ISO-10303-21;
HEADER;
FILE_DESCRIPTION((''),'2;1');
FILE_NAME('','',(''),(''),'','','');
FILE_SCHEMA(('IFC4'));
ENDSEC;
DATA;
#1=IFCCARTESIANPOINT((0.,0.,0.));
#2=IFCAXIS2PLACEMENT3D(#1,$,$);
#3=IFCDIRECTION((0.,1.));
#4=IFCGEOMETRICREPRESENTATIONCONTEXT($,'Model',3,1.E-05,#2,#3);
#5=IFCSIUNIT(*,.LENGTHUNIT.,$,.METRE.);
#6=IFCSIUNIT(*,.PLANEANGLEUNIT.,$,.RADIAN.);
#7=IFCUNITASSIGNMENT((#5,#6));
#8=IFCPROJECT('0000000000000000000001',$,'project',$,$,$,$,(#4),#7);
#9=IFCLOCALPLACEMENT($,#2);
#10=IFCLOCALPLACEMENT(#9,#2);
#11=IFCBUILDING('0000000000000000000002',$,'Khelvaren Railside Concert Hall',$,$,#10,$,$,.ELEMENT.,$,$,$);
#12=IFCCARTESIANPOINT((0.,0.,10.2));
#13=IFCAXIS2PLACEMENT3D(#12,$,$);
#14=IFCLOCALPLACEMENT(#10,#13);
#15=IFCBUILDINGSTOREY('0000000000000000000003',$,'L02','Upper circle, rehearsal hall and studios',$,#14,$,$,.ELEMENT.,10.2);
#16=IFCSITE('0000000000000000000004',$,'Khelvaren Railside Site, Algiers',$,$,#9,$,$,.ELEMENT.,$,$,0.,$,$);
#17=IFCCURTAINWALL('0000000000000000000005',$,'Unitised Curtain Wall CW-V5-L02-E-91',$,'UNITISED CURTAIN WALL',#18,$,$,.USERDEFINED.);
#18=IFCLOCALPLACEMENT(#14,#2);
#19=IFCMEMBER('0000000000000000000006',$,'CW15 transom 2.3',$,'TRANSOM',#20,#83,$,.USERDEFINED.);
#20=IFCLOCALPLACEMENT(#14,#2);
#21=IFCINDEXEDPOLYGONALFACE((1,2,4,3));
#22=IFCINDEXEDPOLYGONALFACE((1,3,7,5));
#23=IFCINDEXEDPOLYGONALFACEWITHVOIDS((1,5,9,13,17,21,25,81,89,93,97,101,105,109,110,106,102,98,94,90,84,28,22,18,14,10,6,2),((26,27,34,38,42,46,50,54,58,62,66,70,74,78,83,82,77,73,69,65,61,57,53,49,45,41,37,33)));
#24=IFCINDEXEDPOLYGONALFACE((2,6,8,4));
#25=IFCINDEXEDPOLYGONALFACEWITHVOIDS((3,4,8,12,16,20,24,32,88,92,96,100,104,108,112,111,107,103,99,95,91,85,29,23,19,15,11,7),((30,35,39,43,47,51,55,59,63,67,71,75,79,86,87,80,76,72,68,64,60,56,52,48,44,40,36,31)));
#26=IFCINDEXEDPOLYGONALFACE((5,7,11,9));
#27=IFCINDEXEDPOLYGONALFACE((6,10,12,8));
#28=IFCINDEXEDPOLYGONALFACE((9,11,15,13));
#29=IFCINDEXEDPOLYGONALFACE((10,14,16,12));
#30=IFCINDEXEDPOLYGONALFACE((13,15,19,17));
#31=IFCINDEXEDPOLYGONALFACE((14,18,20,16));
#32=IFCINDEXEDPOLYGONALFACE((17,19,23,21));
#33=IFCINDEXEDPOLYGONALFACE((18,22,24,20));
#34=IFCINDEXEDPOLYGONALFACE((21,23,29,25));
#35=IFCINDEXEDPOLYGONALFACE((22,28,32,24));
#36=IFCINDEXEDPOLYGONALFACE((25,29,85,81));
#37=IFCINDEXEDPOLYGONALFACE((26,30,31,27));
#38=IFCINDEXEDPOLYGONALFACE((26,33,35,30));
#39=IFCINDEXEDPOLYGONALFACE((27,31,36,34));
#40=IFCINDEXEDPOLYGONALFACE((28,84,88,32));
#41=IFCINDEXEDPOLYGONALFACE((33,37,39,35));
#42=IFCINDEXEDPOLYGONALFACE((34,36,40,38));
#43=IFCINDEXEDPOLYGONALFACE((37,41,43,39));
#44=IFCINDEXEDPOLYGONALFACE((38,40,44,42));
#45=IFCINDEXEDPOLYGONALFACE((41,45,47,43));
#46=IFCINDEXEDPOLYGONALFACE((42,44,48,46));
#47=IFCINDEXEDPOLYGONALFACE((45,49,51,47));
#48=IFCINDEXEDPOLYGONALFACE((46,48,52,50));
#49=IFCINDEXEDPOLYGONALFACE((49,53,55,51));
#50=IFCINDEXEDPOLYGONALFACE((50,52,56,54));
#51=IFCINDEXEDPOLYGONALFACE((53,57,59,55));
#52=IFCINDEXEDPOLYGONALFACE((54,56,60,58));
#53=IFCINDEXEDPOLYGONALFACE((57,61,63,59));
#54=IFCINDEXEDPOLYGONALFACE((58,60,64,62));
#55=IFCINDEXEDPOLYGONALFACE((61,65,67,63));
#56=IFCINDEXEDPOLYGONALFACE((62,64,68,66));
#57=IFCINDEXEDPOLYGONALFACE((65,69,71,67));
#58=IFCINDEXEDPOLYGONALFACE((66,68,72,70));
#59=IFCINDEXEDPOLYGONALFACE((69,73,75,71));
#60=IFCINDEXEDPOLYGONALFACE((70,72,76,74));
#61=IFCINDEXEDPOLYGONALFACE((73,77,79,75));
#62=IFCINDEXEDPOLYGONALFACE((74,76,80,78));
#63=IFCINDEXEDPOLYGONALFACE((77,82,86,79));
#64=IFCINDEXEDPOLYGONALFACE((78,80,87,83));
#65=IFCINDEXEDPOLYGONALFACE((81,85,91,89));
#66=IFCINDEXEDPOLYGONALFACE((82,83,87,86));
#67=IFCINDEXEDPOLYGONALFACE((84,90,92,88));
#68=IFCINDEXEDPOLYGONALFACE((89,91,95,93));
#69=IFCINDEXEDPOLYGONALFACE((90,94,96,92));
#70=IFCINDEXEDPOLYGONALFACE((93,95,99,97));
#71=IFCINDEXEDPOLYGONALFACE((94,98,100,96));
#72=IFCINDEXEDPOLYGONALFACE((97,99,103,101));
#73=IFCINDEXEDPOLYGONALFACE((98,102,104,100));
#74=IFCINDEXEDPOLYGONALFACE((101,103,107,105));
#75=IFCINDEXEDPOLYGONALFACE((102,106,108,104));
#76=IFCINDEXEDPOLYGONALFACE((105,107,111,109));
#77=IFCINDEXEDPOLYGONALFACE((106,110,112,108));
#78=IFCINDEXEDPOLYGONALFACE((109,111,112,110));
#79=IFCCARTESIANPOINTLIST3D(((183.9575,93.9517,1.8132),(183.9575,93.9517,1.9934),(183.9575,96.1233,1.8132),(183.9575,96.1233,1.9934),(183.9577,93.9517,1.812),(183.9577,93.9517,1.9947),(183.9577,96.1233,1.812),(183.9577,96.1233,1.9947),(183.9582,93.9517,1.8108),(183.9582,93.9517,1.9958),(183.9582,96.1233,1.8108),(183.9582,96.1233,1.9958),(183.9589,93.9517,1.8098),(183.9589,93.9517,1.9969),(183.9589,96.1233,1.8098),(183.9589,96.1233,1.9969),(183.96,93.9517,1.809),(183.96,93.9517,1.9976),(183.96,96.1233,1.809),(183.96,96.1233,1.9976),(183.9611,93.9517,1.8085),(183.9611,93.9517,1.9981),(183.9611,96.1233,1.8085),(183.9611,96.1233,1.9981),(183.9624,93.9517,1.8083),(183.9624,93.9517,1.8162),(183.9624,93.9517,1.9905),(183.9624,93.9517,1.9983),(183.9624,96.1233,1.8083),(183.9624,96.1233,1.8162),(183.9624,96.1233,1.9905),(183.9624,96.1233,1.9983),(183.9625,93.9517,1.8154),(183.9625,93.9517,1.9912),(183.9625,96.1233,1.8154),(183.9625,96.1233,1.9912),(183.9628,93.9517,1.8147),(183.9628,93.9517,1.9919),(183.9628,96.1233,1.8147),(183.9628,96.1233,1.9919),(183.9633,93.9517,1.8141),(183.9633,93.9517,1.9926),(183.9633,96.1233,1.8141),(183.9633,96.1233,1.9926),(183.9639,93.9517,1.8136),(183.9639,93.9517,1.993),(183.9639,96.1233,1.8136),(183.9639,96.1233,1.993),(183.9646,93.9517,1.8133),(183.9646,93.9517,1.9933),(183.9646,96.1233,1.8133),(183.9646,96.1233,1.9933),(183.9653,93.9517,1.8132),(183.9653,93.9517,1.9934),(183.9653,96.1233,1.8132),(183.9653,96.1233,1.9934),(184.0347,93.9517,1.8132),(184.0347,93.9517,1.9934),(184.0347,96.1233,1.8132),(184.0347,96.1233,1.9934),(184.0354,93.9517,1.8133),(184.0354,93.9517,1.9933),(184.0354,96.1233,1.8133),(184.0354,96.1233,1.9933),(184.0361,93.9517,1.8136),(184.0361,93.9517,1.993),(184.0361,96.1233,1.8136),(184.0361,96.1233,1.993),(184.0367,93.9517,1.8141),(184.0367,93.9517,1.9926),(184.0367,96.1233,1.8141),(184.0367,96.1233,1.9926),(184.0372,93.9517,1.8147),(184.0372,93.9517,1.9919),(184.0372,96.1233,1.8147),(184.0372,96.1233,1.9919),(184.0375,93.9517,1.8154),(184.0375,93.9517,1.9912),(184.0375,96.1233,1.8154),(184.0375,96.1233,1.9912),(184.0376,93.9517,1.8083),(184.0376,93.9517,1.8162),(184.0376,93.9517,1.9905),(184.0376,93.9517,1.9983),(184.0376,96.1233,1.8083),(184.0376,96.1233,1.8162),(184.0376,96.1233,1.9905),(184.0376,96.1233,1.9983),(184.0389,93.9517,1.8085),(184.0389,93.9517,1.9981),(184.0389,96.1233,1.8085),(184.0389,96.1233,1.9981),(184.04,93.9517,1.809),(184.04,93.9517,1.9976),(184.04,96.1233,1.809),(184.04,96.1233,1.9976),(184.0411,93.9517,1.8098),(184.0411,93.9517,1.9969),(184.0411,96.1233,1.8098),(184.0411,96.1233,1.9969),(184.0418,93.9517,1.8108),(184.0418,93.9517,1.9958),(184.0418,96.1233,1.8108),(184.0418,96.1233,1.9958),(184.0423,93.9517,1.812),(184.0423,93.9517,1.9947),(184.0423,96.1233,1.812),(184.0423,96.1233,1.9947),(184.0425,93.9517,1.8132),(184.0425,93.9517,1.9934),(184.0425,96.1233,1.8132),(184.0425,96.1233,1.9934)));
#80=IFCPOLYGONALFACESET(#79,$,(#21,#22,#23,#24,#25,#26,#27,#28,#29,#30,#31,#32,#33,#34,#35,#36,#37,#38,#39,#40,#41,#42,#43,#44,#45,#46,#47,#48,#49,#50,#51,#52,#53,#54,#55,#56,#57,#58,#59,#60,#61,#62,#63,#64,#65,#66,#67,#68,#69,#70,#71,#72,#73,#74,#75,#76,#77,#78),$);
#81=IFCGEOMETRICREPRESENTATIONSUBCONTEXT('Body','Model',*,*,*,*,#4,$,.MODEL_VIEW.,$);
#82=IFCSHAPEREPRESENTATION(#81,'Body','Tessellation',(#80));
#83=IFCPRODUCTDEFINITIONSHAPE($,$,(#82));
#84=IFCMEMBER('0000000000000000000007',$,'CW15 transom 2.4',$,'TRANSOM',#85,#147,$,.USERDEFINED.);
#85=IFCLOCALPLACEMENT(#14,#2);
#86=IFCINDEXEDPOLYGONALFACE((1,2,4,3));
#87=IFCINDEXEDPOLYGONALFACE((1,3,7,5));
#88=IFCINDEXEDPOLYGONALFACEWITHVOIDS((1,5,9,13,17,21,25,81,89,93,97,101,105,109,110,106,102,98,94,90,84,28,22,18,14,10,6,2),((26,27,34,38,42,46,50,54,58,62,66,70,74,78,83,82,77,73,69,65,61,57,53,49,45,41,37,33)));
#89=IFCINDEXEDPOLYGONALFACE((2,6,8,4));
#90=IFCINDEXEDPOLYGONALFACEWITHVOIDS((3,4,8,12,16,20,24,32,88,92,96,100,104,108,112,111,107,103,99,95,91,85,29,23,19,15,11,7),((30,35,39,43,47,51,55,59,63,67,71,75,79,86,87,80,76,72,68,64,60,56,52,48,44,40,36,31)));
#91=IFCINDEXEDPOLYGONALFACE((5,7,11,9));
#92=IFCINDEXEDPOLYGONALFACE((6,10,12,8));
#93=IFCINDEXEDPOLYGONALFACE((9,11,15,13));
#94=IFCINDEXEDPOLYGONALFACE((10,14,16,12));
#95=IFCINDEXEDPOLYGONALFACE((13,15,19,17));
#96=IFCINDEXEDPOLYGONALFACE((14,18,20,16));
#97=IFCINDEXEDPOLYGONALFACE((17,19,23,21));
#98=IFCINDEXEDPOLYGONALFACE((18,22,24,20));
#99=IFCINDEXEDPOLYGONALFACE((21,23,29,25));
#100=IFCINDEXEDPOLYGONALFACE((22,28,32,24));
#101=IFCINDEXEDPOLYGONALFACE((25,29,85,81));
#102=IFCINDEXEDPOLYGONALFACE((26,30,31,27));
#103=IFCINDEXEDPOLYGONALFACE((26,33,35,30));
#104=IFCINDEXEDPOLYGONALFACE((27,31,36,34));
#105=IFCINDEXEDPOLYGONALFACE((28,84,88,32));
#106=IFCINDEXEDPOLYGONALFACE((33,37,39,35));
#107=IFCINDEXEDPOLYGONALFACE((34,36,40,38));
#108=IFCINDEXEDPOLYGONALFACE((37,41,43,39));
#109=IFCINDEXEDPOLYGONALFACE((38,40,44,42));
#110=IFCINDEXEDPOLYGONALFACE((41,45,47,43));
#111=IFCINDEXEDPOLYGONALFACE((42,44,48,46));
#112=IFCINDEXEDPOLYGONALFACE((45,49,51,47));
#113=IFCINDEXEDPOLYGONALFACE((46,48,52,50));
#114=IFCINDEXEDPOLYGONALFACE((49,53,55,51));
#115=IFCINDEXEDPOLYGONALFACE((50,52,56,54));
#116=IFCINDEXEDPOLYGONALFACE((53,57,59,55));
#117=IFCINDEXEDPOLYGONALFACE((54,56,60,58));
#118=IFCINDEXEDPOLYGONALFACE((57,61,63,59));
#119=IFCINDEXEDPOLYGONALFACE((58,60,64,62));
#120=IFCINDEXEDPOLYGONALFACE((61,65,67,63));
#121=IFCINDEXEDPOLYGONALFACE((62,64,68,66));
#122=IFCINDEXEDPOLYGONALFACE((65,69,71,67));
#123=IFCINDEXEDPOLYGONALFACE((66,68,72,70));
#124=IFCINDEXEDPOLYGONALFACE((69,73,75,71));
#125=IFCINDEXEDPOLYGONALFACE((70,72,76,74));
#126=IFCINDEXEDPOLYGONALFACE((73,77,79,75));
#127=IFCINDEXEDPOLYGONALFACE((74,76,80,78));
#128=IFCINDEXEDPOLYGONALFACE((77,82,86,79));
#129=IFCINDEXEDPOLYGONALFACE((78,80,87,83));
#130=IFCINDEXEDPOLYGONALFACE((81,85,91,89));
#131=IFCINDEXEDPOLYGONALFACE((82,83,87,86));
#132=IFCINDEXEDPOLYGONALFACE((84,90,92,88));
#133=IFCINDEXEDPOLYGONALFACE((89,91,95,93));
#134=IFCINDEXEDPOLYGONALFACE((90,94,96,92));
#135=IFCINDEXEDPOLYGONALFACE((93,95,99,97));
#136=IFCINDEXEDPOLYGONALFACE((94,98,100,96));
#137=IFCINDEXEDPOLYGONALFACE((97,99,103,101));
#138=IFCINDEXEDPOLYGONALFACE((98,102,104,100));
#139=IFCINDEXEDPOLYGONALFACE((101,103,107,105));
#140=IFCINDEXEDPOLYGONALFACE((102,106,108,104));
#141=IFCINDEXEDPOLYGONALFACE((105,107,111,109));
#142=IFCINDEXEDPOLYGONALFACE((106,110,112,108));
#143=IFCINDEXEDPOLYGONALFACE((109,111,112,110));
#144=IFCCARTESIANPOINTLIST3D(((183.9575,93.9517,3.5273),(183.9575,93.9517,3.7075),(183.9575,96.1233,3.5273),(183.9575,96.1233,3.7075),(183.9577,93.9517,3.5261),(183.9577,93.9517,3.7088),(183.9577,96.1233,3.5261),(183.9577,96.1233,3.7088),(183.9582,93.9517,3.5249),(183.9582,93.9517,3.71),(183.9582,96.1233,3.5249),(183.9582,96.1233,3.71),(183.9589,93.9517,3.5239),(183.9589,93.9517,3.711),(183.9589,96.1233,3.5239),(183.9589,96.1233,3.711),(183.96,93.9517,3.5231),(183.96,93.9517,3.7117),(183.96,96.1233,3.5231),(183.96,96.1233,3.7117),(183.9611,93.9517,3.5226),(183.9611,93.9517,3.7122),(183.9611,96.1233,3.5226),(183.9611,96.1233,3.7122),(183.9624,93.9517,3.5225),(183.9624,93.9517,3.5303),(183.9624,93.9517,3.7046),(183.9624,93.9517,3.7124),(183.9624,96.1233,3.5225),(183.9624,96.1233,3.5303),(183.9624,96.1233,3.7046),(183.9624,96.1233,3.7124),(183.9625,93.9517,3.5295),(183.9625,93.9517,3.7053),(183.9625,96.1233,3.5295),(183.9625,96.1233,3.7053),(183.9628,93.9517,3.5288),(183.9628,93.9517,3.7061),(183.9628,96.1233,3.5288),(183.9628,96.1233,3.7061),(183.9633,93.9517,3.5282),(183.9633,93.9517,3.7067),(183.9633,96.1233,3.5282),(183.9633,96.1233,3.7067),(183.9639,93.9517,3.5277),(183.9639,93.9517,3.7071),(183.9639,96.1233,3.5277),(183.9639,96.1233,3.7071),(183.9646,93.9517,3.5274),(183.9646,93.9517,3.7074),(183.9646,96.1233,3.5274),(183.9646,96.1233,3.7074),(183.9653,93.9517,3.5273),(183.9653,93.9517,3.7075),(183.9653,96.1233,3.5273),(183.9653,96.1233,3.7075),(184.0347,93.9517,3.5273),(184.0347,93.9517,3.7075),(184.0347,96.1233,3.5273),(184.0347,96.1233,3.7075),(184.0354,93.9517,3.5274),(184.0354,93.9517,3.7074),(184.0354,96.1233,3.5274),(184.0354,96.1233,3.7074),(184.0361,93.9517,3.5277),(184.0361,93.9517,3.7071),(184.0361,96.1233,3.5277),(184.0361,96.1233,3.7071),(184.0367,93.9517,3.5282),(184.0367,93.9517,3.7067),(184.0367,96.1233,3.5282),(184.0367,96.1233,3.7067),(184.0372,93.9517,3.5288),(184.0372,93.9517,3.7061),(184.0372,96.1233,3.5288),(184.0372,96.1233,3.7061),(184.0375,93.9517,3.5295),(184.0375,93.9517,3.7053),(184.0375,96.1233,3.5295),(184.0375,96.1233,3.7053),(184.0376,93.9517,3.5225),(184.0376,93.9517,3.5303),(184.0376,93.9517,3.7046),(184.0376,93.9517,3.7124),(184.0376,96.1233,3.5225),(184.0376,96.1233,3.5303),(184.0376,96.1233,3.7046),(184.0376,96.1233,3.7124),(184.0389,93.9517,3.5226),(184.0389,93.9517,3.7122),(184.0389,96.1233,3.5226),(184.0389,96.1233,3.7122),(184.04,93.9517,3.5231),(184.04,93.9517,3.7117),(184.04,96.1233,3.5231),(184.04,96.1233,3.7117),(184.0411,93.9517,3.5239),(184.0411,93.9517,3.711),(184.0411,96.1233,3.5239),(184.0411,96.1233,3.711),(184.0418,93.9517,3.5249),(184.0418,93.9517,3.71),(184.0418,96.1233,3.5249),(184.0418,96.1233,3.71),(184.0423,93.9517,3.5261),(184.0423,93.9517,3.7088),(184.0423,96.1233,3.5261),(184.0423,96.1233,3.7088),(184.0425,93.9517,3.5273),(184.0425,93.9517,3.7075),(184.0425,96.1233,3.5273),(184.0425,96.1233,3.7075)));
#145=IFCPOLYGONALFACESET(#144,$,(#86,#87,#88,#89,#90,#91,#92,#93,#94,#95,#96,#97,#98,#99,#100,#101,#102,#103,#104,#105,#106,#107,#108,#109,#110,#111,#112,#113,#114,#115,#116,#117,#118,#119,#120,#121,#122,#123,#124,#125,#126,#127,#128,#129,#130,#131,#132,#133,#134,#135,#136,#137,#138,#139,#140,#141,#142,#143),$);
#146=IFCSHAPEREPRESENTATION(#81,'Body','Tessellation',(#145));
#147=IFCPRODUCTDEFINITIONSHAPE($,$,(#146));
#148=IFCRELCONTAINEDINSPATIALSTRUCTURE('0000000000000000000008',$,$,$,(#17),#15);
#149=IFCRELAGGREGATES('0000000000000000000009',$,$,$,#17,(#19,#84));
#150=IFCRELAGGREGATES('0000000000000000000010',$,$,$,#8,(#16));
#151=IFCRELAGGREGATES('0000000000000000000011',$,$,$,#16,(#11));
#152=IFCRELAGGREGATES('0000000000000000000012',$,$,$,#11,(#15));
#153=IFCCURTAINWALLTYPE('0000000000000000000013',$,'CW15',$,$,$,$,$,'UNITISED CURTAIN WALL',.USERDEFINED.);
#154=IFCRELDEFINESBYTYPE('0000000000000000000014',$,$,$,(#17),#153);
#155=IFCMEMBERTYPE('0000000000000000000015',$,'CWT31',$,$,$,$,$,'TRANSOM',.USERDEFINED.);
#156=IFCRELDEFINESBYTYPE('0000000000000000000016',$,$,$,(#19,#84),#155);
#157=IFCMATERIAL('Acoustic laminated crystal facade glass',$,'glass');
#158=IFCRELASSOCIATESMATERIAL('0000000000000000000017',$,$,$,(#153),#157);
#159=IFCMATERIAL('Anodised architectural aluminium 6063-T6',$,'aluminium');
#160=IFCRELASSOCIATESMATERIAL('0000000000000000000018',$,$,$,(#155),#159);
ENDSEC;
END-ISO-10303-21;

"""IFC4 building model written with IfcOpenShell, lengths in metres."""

from ifc_helpers import new_model, si_unit, direction, frame, origin, origin_2d, place, context, subcontext, project, spatial, hollow_rectangle, extrude, material, material_profile, profile_set, type_object, element, aggregate, save


model = new_model("IFC4")

# Units and contexts
model_context = context("Model", 3, precision=1e-05, world=origin(), true_north=direction((0.0, 1.0)))
body_context = subcontext(model_context, "Body", "Model", "MODEL_VIEW")
ifc_project = project(units=[si_unit("LENGTHUNIT", "METRE"), si_unit("PLANEANGLEUNIT", "RADIAN")], contexts=[model_context])

# Site, building, storey
site_placement = place(None, origin())
site = spatial("IfcSite", under=ifc_project, at=site_placement, Name="Khelvaren Railside Site, Algiers", CompositionType="ELEMENT", RefElevation=0.0)
building_placement = place(site_placement, origin())
building = spatial("IfcBuilding", under=site, at=building_placement, Name="Khelvaren Railside Concert Hall", CompositionType="ELEMENT")
storey_placement = place(building_placement, frame((0.0, 0.0, 10.2)))
storey = spatial("IfcBuildingStorey", under=building, at=storey_placement, Name="L02", Description="Upper circle, rehearsal hall and studios", CompositionType="ELEMENT", Elevation=10.2)

# Curtain wall
ifc_material_1 = material(Name="Acoustic laminated crystal facade glass", Category="glass")
curtain_wall_type_1 = type_object("IfcCurtainWallType", Name="CW15", ElementType="UNITISED CURTAIN WALL", PredefinedType="USERDEFINED", material=ifc_material_1)
curtain_wall_1_placement = place(storey_placement, origin())
curtain_wall_1 = element("IfcCurtainWall", 1, at=curtain_wall_1_placement, inside=storey, type_object=curtain_wall_type_1, Name="Unitised Curtain Wall CW-V5-L02-E-91", ObjectType="UNITISED CURTAIN WALL", PredefinedType="USERDEFINED")
ifc_material_2 = material(Name="Anodised architectural aluminium 6063-T6", Category="aluminium")

# Members
ifc_material_profile_1 = material_profile(ifc_material_2, hollow_rectangle(XDim=0.085, YDim=0.1899, WallThickness=0.0049, InnerFilletRadius=0.0029, OuterFilletRadius=0.0049, at=origin_2d()), Name="CWT 85x190x5")
ifc_profile_set_1 = profile_set([ifc_material_profile_1], Name="Anodised architectural aluminium 6063-T6")
member_type_1 = type_object("IfcMemberType", Name="CWT31", ElementType="TRANSOM", PredefinedType="USERDEFINED", material=ifc_profile_set_1)
member_1_placement = place(storey_placement, frame((184.0, 96.1233, 1.9033), z_axis=(0.0, -1.0, 0.0), x_axis=(1.0, 0.0, 0.0)))
member_1 = element("IfcMember", 2, at=member_1_placement, type_object=member_type_1, Name="CW15 transom 2.3", ObjectType="TRANSOM", PredefinedType="USERDEFINED", context=body_context, shape_type="SweptSolid", body=[
    extrude(hollow_rectangle(XDim=0.085, YDim=0.1899, WallThickness=0.0049, InnerFilletRadius=0.0029, OuterFilletRadius=0.0049, at=origin_2d()), origin(), (0.0, 0.0, 1.0), 2.1716),
])
member_2_placement = place(storey_placement, frame((184.0, 96.1233, 3.6174), z_axis=(0.0, -1.0, 0.0), x_axis=(1.0, 0.0, 0.0)))
member_2 = element("IfcMember", 3, at=member_2_placement, type_object=member_type_1, Name="CW15 transom 2.4", ObjectType="TRANSOM", PredefinedType="USERDEFINED", context=body_context, shape_type="SweptSolid", body=[
    extrude(hollow_rectangle(XDim=0.085, YDim=0.1899, WallThickness=0.0049, InnerFilletRadius=0.0029, OuterFilletRadius=0.0049, at=origin_2d()), origin(), (0.0, 0.0, 1.0), 2.1716),
])

aggregate(curtain_wall_1, [member_1, member_2])

save(model, "model.ifc")
